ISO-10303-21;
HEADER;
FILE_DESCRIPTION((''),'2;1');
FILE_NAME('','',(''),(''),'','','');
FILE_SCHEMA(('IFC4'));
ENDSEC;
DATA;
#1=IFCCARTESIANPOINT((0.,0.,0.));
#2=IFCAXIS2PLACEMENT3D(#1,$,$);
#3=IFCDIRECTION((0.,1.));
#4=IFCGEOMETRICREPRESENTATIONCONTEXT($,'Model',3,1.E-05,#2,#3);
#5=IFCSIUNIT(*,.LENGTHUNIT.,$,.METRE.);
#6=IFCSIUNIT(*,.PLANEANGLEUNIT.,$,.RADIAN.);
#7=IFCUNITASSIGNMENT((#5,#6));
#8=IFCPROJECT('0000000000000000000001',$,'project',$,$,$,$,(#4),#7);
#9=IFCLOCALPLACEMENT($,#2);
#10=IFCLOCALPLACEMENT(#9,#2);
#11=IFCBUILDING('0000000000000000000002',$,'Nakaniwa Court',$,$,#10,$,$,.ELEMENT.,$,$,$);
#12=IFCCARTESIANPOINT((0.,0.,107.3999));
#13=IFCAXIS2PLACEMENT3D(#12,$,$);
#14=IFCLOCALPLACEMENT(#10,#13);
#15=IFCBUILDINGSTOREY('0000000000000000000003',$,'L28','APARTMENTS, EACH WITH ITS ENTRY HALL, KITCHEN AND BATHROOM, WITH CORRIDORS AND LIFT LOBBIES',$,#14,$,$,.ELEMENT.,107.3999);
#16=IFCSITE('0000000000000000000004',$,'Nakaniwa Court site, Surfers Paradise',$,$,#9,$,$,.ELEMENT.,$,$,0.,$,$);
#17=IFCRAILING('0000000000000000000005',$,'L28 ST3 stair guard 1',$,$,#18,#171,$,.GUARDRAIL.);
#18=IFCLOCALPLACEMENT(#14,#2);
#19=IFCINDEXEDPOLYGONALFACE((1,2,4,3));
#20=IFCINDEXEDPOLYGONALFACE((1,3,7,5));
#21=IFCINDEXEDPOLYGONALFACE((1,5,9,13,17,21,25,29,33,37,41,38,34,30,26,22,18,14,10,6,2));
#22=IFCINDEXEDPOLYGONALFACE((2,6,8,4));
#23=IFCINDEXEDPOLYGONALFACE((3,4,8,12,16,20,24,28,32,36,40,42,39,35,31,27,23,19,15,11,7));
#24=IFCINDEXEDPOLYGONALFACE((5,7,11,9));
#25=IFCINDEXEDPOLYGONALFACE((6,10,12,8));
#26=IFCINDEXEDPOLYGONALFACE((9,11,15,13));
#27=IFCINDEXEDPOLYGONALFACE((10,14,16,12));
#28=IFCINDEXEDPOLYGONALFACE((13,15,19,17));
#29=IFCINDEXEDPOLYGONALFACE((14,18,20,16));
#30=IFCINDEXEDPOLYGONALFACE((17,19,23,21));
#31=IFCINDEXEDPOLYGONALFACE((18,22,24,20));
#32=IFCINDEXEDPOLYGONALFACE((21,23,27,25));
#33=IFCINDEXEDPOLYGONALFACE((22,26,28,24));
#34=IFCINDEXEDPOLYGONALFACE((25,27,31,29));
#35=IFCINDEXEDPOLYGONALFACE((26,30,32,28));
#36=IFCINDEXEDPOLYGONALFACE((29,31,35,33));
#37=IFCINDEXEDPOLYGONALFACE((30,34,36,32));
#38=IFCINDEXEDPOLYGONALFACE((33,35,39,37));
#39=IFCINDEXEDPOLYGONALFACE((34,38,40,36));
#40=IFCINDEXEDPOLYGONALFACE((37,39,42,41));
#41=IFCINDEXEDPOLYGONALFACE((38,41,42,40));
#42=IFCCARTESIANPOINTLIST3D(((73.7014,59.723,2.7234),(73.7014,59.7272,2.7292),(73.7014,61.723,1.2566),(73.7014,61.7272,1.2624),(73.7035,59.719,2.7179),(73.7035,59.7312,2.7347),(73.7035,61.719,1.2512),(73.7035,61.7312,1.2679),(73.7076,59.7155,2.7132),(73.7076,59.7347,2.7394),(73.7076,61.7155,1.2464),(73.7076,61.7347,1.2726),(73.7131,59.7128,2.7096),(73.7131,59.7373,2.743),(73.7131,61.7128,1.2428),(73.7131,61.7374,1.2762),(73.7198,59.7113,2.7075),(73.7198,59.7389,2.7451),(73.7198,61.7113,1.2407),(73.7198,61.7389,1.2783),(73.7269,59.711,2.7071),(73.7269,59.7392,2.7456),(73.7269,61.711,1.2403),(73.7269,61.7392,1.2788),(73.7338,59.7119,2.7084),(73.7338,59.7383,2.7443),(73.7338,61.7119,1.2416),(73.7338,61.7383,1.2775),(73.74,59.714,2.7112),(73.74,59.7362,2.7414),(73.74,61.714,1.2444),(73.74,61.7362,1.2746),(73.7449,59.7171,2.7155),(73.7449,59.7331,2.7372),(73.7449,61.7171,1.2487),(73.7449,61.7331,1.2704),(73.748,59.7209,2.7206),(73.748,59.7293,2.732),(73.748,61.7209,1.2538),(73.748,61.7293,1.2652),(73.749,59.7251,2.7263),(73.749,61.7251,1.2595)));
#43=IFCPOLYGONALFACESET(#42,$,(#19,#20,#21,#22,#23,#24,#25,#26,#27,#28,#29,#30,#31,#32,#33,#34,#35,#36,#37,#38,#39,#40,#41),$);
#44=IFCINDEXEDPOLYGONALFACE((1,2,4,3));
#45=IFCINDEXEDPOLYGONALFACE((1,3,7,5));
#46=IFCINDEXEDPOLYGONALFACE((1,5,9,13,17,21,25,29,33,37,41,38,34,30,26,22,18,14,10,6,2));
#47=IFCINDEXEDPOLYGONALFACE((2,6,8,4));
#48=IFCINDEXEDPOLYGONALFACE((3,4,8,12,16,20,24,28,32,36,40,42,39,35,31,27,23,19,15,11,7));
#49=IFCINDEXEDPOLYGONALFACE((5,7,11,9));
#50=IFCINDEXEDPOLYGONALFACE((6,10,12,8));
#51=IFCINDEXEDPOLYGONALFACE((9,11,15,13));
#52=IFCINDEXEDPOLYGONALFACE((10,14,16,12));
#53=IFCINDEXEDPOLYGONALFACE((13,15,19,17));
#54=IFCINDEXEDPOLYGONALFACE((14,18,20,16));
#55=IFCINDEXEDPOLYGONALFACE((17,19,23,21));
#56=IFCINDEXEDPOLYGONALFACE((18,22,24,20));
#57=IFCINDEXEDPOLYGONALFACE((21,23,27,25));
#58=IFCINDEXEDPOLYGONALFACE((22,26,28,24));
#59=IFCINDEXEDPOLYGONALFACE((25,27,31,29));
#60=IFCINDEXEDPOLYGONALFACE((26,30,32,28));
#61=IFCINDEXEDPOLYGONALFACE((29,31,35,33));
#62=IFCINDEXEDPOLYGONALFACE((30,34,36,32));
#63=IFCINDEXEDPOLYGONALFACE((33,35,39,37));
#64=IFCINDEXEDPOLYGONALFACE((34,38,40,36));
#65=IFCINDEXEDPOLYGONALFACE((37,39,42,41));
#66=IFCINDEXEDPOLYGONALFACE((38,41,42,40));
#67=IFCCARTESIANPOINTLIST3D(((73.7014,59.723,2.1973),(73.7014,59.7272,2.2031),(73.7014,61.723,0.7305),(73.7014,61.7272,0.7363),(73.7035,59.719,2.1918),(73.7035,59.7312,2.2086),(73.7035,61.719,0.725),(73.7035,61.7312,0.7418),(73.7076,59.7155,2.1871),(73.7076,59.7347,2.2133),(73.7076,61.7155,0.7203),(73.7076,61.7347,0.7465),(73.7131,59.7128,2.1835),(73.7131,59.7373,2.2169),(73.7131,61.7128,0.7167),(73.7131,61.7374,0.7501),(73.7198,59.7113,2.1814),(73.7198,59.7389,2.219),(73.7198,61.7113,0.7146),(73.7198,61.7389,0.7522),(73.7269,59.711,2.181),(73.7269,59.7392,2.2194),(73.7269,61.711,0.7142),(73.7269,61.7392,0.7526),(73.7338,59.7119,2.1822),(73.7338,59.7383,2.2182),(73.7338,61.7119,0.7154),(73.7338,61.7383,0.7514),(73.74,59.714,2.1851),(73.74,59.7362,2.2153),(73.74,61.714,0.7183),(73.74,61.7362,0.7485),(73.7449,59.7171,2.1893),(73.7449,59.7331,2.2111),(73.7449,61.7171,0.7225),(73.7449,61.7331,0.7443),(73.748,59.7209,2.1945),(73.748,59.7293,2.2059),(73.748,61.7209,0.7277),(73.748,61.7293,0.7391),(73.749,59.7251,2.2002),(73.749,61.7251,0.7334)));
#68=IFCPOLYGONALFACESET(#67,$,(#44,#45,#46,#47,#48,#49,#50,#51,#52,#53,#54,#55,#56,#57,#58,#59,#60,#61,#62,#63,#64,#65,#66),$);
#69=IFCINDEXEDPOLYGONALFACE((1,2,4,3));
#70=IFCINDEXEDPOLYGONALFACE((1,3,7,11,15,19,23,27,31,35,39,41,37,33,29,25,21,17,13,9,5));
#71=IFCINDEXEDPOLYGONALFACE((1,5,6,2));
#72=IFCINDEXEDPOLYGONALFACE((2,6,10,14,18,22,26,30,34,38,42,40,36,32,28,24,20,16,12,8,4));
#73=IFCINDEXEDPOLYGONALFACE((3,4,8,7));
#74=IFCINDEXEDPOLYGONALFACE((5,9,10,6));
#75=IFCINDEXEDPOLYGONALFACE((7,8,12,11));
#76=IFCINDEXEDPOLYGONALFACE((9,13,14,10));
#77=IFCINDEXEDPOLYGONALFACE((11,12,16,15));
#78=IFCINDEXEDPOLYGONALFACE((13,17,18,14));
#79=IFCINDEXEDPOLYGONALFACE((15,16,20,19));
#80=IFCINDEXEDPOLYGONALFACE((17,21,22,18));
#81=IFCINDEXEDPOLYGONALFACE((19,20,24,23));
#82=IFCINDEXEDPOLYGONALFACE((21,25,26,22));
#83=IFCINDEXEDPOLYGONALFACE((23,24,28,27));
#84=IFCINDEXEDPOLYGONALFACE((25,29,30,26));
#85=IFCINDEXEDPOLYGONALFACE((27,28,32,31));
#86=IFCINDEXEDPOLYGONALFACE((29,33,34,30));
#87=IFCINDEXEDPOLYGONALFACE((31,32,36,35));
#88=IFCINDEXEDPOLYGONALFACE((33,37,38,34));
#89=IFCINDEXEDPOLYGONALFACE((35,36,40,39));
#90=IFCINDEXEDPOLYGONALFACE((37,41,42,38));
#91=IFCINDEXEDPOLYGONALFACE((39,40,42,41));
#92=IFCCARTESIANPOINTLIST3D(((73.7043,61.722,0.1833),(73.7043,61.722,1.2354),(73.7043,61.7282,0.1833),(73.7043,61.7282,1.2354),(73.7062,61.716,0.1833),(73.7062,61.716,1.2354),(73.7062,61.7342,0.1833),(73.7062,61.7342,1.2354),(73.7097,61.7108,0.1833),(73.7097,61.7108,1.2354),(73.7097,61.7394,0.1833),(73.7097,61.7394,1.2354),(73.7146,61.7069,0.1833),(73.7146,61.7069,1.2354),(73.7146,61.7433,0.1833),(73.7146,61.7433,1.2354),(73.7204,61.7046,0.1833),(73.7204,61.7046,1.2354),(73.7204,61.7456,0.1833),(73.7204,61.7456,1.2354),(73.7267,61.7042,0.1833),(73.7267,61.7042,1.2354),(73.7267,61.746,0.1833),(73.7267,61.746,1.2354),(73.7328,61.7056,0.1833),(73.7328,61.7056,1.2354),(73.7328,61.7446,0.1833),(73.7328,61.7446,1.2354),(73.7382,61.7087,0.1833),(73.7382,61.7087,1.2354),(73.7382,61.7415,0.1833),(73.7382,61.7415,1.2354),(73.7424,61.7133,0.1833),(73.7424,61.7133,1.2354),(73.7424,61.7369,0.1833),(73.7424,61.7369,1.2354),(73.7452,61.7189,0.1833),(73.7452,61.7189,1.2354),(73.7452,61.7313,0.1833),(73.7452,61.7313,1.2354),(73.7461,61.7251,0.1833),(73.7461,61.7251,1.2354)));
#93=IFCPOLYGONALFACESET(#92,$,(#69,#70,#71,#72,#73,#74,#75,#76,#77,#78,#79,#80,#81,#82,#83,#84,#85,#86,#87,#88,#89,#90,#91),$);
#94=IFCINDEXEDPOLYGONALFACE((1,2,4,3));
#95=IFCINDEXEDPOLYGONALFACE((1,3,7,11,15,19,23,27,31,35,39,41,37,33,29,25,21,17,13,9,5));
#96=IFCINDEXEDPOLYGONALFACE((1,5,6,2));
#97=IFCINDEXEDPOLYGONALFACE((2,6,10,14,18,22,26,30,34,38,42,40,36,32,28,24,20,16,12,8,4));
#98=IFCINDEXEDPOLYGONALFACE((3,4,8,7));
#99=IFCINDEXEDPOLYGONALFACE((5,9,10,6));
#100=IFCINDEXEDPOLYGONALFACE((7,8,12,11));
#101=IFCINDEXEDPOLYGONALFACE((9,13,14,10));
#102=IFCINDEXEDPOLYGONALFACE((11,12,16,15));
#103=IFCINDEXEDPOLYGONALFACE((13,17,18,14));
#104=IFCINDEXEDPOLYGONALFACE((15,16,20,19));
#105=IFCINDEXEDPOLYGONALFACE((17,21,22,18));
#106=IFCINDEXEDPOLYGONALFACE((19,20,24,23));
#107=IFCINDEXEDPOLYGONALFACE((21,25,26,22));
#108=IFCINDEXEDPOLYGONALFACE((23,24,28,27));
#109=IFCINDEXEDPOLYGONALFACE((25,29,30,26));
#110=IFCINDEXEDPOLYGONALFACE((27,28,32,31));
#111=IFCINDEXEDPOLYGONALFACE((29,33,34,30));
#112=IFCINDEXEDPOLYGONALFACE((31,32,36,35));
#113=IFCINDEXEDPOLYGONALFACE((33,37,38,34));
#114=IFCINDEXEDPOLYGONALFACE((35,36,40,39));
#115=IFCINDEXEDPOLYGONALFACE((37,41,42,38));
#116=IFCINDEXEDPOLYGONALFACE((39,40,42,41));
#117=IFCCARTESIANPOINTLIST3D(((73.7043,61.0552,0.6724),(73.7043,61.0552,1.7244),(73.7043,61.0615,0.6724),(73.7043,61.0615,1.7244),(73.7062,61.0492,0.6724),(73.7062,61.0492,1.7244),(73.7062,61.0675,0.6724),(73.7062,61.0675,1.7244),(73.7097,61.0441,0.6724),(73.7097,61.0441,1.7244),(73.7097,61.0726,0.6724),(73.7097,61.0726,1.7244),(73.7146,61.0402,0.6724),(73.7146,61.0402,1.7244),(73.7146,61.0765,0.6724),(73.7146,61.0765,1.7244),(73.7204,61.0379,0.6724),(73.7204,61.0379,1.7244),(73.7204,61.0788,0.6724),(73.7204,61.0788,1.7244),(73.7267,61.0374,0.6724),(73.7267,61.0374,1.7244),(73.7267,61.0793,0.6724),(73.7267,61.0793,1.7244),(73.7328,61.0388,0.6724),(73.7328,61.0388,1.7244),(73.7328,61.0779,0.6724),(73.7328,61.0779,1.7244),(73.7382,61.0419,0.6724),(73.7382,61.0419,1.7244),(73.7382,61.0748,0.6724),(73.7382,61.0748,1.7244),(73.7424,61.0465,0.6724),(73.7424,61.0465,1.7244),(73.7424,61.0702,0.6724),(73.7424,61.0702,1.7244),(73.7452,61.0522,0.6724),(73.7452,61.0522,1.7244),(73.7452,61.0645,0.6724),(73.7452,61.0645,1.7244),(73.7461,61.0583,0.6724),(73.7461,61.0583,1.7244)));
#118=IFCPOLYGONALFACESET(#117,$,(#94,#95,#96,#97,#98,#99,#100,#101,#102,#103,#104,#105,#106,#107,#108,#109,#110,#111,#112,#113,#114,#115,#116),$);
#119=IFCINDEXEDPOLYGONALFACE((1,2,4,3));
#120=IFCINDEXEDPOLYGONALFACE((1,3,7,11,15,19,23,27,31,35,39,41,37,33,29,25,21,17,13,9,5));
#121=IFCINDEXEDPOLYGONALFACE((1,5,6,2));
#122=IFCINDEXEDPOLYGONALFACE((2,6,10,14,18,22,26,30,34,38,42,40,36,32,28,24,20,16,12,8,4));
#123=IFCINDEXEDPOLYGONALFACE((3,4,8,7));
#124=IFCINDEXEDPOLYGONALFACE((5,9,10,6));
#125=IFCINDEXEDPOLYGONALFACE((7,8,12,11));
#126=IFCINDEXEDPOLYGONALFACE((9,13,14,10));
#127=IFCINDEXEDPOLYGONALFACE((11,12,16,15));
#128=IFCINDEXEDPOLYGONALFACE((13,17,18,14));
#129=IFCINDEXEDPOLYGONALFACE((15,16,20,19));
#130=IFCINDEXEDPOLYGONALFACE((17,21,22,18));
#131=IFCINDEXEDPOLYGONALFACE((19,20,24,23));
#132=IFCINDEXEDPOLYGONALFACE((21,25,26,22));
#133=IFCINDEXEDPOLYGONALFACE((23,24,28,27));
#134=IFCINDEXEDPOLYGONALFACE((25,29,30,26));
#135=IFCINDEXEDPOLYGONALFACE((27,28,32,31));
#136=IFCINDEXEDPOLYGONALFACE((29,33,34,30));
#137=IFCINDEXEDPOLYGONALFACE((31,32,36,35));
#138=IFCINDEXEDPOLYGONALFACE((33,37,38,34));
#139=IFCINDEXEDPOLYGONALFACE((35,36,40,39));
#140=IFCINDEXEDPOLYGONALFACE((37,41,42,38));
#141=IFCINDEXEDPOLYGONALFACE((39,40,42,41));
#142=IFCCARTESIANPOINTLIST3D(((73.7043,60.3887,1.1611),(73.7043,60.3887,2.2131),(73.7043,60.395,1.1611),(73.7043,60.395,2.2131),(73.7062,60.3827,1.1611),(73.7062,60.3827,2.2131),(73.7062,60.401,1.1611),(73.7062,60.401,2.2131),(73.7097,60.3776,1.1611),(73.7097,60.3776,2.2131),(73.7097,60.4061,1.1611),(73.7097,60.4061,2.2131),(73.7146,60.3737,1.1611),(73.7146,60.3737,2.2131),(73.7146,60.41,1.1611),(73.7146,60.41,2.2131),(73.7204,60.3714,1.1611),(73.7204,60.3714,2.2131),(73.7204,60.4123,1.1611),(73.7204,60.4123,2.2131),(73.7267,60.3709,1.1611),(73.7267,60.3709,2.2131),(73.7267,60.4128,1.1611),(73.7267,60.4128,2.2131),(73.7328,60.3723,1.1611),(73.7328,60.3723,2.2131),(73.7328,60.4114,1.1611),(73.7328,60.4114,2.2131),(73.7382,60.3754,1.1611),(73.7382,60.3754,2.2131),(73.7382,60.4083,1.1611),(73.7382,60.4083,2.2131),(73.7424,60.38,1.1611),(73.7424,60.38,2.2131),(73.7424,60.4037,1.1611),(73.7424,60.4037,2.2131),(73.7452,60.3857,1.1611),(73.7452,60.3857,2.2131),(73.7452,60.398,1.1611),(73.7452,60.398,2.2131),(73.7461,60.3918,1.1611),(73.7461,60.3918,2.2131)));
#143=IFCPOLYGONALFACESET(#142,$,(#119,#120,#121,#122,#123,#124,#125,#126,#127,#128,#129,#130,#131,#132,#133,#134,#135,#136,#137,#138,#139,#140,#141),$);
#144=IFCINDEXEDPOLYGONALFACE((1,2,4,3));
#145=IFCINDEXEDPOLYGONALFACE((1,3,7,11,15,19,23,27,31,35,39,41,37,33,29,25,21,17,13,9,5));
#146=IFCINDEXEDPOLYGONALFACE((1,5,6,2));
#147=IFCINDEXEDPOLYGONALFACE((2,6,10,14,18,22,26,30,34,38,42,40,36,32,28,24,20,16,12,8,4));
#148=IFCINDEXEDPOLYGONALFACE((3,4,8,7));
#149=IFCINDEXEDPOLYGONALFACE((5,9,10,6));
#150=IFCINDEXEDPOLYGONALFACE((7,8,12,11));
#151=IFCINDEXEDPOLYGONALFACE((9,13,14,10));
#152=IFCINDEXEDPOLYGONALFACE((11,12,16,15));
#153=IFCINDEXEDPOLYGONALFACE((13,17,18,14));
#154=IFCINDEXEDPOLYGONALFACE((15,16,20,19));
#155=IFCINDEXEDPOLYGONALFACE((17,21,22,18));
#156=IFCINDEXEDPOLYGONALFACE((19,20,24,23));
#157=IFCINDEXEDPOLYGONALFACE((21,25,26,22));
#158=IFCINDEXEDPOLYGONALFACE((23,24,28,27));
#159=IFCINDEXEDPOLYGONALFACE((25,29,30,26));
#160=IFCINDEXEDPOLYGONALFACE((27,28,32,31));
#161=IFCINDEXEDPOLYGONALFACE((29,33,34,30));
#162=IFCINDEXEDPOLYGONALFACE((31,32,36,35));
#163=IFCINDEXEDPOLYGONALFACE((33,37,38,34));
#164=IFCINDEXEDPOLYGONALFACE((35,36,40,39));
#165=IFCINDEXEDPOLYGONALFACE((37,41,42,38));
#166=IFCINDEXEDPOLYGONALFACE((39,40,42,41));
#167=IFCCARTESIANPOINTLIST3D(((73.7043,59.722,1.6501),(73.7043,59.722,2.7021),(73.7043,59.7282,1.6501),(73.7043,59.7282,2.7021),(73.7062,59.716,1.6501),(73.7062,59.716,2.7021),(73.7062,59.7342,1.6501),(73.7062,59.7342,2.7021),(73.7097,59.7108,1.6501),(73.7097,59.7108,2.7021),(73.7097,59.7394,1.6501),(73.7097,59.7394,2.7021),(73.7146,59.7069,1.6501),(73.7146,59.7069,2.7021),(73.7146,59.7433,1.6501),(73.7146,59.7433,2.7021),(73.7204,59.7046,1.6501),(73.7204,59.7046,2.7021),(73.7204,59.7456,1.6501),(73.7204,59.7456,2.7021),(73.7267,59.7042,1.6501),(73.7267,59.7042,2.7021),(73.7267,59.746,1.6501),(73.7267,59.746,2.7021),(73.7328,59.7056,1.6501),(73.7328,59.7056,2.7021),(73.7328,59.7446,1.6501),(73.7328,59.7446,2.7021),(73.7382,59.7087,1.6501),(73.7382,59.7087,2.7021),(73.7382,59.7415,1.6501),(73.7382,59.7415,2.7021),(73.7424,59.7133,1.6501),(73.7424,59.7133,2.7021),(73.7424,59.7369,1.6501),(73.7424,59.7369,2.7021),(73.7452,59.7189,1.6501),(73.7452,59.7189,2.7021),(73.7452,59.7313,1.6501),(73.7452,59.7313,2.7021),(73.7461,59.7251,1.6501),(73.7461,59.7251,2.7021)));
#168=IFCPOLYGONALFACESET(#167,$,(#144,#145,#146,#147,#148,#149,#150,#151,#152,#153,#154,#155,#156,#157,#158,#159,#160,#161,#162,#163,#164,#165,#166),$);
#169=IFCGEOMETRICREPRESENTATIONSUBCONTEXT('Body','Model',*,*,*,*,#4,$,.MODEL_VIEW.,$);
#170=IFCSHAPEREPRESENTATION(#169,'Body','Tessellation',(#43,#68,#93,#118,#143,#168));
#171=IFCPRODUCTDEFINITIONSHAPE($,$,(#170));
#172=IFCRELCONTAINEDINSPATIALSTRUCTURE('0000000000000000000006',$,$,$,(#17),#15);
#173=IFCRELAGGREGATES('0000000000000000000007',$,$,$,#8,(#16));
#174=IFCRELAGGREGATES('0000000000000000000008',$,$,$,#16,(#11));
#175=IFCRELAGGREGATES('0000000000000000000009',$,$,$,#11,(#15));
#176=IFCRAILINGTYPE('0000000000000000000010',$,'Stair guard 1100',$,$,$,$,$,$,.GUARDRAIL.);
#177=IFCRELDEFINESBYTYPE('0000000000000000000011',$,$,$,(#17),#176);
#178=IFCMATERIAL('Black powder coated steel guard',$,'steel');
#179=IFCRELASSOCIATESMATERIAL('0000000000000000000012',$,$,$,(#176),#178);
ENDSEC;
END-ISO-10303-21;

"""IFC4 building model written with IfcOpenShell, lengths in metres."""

from ifc_helpers import new_model, si_unit, direction, frame, origin, origin_2d, place, context, subcontext, project, spatial, circle, extrude, material, type_object, element, save


model = new_model("IFC4")

# Units and contexts
model_context = context("Model", 3, precision=1e-05, world=origin(), true_north=direction((0.0, 1.0)))
body_context = subcontext(model_context, "Body", "Model", "MODEL_VIEW")
ifc_project = project(units=[si_unit("LENGTHUNIT", "METRE"), si_unit("PLANEANGLEUNIT", "RADIAN")], contexts=[model_context])

# Site, building, storey
site_placement = place(None, origin())
site = spatial("IfcSite", under=ifc_project, at=site_placement, Name="Nakaniwa Court site, Surfers Paradise", CompositionType="ELEMENT", RefElevation=0.0)
building_placement = place(site_placement, origin())
building = spatial("IfcBuilding", under=site, at=building_placement, Name="Nakaniwa Court", CompositionType="ELEMENT")
storey_placement = place(building_placement, frame((0.0, 0.0, 107.3999)))
storey = spatial("IfcBuildingStorey", under=building, at=storey_placement, Name="L28", Description="APARTMENTS, EACH WITH ITS ENTRY HALL, KITCHEN AND BATHROOM, WITH CORRIDORS AND LIFT LOBBIES", CompositionType="ELEMENT", Elevation=107.3999)

# Railing
ifc_material_1 = material(Name="Black powder coated steel guard", Category="steel")
railing_type_1 = type_object("IfcRailingType", Name="Stair guard 1100", PredefinedType="GUARDRAIL", material=ifc_material_1)
railing_1_placement = place(storey_placement, frame((73.7251, 61.7251, 0.1833)))
element("IfcRailing", 1, at=railing_1_placement, inside=storey, type_object=railing_type_1, Name="L28 ST3 stair guard 1", PredefinedType="GUARDRAIL", context=body_context, shape_type="SweptSolid", body=[
    extrude(circle(Radius=0.0239, at=origin_2d()), frame((0.0, 0.0, 1.0762), z_axis=(0.0, -0.80638, 0.591398), x_axis=(1.0, 0.0, 0.0)), (0.0, 0.0, 1.0), 2.4802),
    extrude(circle(Radius=0.0239, at=origin_2d()), frame((0.0, 0.0, 0.55), z_axis=(0.0, -0.80638, 0.591398), x_axis=(1.0, 0.0, 0.0)), (0.0, 0.0, 1.0), 2.4802),
    extrude(circle(Radius=0.021, at=origin_2d()), origin(), (0.0, 0.0, 1.0), 1.052),
    extrude(circle(Radius=0.021, at=origin_2d()), frame((0.0, -0.6667, 0.489)), (0.0, 0.0, 1.0), 1.052),
    extrude(circle(Radius=0.021, at=origin_2d()), frame((0.0, -1.3333, 0.9778)), (0.0, 0.0, 1.0), 1.052),
    extrude(circle(Radius=0.021, at=origin_2d()), frame((0.0, -2.0, 1.4668)), (0.0, 0.0, 1.0), 1.052),
])

save(model, "model.ifc")
